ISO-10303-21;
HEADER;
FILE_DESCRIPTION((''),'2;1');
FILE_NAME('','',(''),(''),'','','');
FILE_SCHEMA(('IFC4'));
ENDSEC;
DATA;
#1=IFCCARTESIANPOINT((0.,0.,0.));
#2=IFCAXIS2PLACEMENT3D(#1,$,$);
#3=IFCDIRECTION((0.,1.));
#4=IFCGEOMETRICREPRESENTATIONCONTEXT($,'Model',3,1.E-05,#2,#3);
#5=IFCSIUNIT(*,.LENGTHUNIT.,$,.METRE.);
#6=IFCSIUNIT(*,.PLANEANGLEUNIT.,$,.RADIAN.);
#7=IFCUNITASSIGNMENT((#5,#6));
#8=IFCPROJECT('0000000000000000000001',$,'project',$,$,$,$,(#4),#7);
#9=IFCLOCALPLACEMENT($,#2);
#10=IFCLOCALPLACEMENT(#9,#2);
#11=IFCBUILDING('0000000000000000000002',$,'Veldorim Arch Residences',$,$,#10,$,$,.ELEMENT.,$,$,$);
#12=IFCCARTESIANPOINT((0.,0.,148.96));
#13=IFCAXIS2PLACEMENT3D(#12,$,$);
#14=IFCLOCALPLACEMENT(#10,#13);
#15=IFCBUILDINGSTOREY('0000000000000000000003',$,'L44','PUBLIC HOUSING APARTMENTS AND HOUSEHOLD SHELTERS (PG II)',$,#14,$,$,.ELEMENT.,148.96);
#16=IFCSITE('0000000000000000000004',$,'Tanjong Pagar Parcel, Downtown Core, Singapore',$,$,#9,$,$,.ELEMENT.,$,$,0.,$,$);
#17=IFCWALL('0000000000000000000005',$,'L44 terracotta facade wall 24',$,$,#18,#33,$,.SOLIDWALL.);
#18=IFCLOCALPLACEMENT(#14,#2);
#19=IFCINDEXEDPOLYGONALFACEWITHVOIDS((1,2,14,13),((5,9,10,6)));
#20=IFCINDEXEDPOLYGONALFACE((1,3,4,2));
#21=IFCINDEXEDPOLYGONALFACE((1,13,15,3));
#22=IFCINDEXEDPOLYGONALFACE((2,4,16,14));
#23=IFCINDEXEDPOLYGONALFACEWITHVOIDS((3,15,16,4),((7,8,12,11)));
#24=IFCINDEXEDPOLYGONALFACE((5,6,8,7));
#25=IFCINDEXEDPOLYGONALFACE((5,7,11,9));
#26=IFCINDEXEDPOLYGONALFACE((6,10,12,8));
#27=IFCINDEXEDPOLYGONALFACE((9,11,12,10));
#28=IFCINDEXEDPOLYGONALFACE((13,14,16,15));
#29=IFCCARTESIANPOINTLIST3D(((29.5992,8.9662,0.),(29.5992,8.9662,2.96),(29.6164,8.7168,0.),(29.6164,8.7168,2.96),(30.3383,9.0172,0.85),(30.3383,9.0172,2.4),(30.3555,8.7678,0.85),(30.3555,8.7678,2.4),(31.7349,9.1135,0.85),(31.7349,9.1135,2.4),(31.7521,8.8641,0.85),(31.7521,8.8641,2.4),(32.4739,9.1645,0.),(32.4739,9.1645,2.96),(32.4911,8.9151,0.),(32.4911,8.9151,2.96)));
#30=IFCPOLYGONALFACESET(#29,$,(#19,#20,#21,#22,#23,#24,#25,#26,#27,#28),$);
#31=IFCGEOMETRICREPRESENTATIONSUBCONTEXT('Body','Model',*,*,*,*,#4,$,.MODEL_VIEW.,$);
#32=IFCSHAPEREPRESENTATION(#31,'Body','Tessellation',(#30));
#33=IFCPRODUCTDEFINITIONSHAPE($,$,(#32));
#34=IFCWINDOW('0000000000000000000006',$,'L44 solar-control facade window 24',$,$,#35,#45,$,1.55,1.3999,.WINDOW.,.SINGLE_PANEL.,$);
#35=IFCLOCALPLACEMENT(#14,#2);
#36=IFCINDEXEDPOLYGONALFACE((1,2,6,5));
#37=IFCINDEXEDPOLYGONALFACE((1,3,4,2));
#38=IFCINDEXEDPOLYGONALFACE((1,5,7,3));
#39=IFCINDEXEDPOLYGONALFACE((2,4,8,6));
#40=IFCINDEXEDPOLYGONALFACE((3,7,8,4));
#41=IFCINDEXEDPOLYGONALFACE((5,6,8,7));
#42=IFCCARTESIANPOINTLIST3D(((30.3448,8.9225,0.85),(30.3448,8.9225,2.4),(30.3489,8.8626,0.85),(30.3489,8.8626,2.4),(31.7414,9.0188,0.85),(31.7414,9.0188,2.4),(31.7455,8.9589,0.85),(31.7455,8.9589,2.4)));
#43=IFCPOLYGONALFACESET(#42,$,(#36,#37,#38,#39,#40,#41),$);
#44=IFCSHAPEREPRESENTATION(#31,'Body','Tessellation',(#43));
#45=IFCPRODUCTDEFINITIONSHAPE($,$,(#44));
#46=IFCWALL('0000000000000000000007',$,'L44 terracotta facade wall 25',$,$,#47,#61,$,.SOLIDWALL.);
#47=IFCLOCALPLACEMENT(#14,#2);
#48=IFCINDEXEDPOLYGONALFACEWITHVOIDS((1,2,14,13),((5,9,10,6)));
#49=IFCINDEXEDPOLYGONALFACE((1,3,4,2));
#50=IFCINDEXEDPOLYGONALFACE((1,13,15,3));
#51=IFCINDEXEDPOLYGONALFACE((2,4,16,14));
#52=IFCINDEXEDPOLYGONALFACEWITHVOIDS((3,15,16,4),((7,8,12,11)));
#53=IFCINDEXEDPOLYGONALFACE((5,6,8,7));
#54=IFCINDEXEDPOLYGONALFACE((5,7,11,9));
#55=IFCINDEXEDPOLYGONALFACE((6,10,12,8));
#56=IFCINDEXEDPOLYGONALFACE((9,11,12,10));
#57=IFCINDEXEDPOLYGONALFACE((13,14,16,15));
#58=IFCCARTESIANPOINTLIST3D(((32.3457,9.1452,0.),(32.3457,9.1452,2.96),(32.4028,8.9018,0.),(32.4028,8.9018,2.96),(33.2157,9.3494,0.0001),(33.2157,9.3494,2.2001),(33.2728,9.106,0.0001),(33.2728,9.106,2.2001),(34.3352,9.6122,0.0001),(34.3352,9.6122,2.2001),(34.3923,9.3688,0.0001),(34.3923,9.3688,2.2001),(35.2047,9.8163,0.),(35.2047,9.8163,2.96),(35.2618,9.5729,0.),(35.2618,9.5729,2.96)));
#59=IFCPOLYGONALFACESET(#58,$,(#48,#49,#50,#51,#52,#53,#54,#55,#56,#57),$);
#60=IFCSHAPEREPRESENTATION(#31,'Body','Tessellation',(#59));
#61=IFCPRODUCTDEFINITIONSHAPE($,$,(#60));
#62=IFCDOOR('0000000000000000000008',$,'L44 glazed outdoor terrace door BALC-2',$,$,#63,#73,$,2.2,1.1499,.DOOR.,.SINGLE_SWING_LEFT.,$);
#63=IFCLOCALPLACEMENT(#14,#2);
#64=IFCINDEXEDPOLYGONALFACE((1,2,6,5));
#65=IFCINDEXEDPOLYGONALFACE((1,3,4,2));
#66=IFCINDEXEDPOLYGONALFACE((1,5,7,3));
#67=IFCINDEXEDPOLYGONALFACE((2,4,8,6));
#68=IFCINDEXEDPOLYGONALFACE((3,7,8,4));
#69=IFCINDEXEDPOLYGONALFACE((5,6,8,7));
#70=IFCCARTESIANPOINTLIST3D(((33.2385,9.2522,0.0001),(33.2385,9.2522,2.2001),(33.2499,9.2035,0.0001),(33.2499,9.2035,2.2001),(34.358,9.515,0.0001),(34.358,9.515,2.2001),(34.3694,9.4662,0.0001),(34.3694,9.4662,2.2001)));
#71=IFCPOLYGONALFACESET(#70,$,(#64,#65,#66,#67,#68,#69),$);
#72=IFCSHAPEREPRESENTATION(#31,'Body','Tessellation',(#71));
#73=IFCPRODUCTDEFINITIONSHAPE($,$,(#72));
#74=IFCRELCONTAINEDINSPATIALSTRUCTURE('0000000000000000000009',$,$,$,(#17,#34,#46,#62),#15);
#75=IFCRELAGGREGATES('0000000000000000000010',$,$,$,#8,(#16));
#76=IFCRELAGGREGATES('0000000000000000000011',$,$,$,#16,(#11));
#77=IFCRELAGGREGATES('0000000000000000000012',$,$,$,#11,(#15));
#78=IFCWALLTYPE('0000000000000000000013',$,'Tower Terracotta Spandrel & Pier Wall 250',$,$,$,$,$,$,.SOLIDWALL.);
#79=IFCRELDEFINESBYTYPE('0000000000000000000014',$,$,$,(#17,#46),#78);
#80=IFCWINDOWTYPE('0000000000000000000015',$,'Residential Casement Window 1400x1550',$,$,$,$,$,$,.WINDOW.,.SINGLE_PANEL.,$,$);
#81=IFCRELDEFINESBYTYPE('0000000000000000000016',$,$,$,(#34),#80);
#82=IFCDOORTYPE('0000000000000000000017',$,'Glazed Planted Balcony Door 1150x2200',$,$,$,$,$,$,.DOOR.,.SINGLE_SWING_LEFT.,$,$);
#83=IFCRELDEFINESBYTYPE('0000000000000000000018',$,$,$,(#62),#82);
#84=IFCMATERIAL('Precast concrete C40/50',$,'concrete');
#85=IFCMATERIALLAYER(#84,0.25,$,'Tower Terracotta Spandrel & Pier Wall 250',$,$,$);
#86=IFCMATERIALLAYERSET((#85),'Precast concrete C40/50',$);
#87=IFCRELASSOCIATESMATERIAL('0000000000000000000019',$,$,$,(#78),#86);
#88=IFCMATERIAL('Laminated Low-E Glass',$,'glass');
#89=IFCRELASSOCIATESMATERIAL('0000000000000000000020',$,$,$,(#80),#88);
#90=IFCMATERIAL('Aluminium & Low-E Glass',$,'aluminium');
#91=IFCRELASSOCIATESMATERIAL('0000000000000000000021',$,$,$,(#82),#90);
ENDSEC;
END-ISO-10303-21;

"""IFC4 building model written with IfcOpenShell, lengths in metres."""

from ifc_helpers import new_model, si_unit, direction, frame, frame_2d, origin, place, context, subcontext, project, spatial, rectangle, extrude, material, layer, layer_set, type_object, element, fill, save


model = new_model("IFC4")

# Units and contexts
model_context = context("Model", 3, precision=1e-05, world=origin(), true_north=direction((0.0, 1.0)))
body_context = subcontext(model_context, "Body", "Model", "MODEL_VIEW")
ifc_project = project(units=[si_unit("LENGTHUNIT", "METRE"), si_unit("PLANEANGLEUNIT", "RADIAN")], contexts=[model_context])

# Site, building, storey
site_placement = place(None, origin())
site = spatial("IfcSite", under=ifc_project, at=site_placement, Name="Tanjong Pagar Parcel, Downtown Core, Singapore", CompositionType="ELEMENT", RefElevation=0.0)
building_placement = place(site_placement, origin())
building = spatial("IfcBuilding", under=site, at=building_placement, Name="Veldorim Arch Residences", CompositionType="ELEMENT")
storey_placement = place(building_placement, frame((0.0, 0.0, 148.96)))
storey = spatial("IfcBuildingStorey", under=building, at=storey_placement, Name="L44", Description="PUBLIC HOUSING APARTMENTS AND HOUSEHOLD SHELTERS (PG II)", CompositionType="ELEMENT", Elevation=148.96)

# Wall, opening, window
ifc_material_1 = material(Name="Precast concrete C40/50", Category="concrete")
ifc_layer_1 = layer(ifc_material_1, 0.25, Name="Tower Terracotta Spandrel & Pier Wall 250")
ifc_layer_set_1 = layer_set([ifc_layer_1], Name="Precast concrete C40/50")
wall_type_1 = type_object("IfcWallType", Name="Tower Terracotta Spandrel & Pier Wall 250", PredefinedType="SOLIDWALL", material=ifc_layer_set_1)
wall_1_placement = place(storey_placement, frame((32.4827, 9.0398, 0.0), z_axis=(0.0, 0.0, 1.0), x_axis=(-0.997631, -0.068796, 0.0)))
wall_1 = element("IfcWall", 1, at=wall_1_placement, inside=storey, type_object=wall_type_1, Name="L44 terracotta facade wall 24", PredefinedType="SOLIDWALL", context=body_context, shape_type="SweptSolid", body=[
    extrude(rectangle(XDim=2.8816, YDim=0.25, at=frame_2d((1.4409, 0.0))), origin(), (0.0, 0.0, 1.0), 2.96),
])
opening_1_placement = place(wall_1_placement, frame((0.741, 0.0, 0.8501)))
opening_1 = element("IfcOpeningElement", 2, at=opening_1_placement, cuts=wall_1, PredefinedType="OPENING", context=body_context, shape_type="SweptSolid", body=[
    extrude(rectangle(XDim=1.3999, YDim=1.55, at=frame_2d((0.7, 0.7749))), frame((0.0, 0.135, 0.0), z_axis=(0.0, -1.0, 0.0), x_axis=(1.0, 0.0, 0.0)), (0.0, 0.0, 1.0), 0.27),
])
ifc_material_2 = material(Name="Laminated Low-E Glass", Category="glass")
window_type = type_object("IfcWindowType", Name="Residential Casement Window 1400x1550", PartitioningType="SINGLE_PANEL", PredefinedType="WINDOW", material=ifc_material_2)
window_placement = place(opening_1_placement, origin())
window = element("IfcWindow", 3, at=window_placement, inside=storey, type_object=window_type, Name="L44 solar-control facade window 24", OverallHeight=1.55, OverallWidth=1.3999, PartitioningType="SINGLE_PANEL", PredefinedType="WINDOW", context=body_context, shape_type="SweptSolid", body=[
    extrude(rectangle(XDim=1.3999, YDim=1.55, at=frame_2d((0.7, 0.7749))), frame((0.0, 0.03, 0.0), z_axis=(0.0, -1.0, 0.0), x_axis=(1.0, 0.0, 0.0)), (0.0, 0.0, 1.0), 0.0601),
])
fill(opening_1, window)

# Wall, opening, door
wall_2_placement = place(storey_placement, frame((35.2332, 9.6946, 0.0), z_axis=(0.0, 0.0, 1.0), x_axis=(-0.973538, -0.228525, 0.0)))
wall_2 = element("IfcWall", 4, at=wall_2_placement, inside=storey, type_object=wall_type_1, Name="L44 terracotta facade wall 25", PredefinedType="SOLIDWALL", context=body_context, shape_type="SweptSolid", body=[
    extrude(rectangle(XDim=2.9368, YDim=0.25, at=frame_2d((1.4683, 0.0))), origin(), (0.0, 0.0, 1.0), 2.96),
])
opening_2_placement = place(wall_2_placement, frame((0.8931, 0.0, 0.0)))
opening_2 = element("IfcOpeningElement", 5, at=opening_2_placement, cuts=wall_2, PredefinedType="OPENING", context=body_context, shape_type="SweptSolid", body=[
    extrude(rectangle(XDim=1.1499, YDim=2.2, at=frame_2d((0.575, 1.1001))), frame((0.0, 0.135, 0.0), z_axis=(0.0, -1.0, 0.0), x_axis=(1.0, 0.0, 0.0)), (0.0, 0.0, 1.0), 0.27),
])
ifc_material_3 = material(Name="Aluminium & Low-E Glass", Category="aluminium")
door_type_1 = type_object("IfcDoorType", Name="Glazed Planted Balcony Door 1150x2200", OperationType="SINGLE_SWING_LEFT", PredefinedType="DOOR", material=ifc_material_3)
door_1_placement = place(opening_2_placement, origin())
door_1 = element("IfcDoor", 6, at=door_1_placement, inside=storey, type_object=door_type_1, Name="L44 glazed outdoor terrace door BALC-2", OperationType="SINGLE_SWING_LEFT", OverallHeight=2.2, OverallWidth=1.1499, PredefinedType="DOOR", context=body_context, shape_type="SweptSolid", body=[
    extrude(rectangle(XDim=1.1499, YDim=2.2, at=frame_2d((0.575, 1.1001))), frame((0.0, 0.0249, 0.0), z_axis=(0.0, -1.0, 0.0), x_axis=(1.0, 0.0, 0.0)), (0.0, 0.0, 1.0), 0.05),
])
fill(opening_2, door_1)

save(model, "model.ifc")
